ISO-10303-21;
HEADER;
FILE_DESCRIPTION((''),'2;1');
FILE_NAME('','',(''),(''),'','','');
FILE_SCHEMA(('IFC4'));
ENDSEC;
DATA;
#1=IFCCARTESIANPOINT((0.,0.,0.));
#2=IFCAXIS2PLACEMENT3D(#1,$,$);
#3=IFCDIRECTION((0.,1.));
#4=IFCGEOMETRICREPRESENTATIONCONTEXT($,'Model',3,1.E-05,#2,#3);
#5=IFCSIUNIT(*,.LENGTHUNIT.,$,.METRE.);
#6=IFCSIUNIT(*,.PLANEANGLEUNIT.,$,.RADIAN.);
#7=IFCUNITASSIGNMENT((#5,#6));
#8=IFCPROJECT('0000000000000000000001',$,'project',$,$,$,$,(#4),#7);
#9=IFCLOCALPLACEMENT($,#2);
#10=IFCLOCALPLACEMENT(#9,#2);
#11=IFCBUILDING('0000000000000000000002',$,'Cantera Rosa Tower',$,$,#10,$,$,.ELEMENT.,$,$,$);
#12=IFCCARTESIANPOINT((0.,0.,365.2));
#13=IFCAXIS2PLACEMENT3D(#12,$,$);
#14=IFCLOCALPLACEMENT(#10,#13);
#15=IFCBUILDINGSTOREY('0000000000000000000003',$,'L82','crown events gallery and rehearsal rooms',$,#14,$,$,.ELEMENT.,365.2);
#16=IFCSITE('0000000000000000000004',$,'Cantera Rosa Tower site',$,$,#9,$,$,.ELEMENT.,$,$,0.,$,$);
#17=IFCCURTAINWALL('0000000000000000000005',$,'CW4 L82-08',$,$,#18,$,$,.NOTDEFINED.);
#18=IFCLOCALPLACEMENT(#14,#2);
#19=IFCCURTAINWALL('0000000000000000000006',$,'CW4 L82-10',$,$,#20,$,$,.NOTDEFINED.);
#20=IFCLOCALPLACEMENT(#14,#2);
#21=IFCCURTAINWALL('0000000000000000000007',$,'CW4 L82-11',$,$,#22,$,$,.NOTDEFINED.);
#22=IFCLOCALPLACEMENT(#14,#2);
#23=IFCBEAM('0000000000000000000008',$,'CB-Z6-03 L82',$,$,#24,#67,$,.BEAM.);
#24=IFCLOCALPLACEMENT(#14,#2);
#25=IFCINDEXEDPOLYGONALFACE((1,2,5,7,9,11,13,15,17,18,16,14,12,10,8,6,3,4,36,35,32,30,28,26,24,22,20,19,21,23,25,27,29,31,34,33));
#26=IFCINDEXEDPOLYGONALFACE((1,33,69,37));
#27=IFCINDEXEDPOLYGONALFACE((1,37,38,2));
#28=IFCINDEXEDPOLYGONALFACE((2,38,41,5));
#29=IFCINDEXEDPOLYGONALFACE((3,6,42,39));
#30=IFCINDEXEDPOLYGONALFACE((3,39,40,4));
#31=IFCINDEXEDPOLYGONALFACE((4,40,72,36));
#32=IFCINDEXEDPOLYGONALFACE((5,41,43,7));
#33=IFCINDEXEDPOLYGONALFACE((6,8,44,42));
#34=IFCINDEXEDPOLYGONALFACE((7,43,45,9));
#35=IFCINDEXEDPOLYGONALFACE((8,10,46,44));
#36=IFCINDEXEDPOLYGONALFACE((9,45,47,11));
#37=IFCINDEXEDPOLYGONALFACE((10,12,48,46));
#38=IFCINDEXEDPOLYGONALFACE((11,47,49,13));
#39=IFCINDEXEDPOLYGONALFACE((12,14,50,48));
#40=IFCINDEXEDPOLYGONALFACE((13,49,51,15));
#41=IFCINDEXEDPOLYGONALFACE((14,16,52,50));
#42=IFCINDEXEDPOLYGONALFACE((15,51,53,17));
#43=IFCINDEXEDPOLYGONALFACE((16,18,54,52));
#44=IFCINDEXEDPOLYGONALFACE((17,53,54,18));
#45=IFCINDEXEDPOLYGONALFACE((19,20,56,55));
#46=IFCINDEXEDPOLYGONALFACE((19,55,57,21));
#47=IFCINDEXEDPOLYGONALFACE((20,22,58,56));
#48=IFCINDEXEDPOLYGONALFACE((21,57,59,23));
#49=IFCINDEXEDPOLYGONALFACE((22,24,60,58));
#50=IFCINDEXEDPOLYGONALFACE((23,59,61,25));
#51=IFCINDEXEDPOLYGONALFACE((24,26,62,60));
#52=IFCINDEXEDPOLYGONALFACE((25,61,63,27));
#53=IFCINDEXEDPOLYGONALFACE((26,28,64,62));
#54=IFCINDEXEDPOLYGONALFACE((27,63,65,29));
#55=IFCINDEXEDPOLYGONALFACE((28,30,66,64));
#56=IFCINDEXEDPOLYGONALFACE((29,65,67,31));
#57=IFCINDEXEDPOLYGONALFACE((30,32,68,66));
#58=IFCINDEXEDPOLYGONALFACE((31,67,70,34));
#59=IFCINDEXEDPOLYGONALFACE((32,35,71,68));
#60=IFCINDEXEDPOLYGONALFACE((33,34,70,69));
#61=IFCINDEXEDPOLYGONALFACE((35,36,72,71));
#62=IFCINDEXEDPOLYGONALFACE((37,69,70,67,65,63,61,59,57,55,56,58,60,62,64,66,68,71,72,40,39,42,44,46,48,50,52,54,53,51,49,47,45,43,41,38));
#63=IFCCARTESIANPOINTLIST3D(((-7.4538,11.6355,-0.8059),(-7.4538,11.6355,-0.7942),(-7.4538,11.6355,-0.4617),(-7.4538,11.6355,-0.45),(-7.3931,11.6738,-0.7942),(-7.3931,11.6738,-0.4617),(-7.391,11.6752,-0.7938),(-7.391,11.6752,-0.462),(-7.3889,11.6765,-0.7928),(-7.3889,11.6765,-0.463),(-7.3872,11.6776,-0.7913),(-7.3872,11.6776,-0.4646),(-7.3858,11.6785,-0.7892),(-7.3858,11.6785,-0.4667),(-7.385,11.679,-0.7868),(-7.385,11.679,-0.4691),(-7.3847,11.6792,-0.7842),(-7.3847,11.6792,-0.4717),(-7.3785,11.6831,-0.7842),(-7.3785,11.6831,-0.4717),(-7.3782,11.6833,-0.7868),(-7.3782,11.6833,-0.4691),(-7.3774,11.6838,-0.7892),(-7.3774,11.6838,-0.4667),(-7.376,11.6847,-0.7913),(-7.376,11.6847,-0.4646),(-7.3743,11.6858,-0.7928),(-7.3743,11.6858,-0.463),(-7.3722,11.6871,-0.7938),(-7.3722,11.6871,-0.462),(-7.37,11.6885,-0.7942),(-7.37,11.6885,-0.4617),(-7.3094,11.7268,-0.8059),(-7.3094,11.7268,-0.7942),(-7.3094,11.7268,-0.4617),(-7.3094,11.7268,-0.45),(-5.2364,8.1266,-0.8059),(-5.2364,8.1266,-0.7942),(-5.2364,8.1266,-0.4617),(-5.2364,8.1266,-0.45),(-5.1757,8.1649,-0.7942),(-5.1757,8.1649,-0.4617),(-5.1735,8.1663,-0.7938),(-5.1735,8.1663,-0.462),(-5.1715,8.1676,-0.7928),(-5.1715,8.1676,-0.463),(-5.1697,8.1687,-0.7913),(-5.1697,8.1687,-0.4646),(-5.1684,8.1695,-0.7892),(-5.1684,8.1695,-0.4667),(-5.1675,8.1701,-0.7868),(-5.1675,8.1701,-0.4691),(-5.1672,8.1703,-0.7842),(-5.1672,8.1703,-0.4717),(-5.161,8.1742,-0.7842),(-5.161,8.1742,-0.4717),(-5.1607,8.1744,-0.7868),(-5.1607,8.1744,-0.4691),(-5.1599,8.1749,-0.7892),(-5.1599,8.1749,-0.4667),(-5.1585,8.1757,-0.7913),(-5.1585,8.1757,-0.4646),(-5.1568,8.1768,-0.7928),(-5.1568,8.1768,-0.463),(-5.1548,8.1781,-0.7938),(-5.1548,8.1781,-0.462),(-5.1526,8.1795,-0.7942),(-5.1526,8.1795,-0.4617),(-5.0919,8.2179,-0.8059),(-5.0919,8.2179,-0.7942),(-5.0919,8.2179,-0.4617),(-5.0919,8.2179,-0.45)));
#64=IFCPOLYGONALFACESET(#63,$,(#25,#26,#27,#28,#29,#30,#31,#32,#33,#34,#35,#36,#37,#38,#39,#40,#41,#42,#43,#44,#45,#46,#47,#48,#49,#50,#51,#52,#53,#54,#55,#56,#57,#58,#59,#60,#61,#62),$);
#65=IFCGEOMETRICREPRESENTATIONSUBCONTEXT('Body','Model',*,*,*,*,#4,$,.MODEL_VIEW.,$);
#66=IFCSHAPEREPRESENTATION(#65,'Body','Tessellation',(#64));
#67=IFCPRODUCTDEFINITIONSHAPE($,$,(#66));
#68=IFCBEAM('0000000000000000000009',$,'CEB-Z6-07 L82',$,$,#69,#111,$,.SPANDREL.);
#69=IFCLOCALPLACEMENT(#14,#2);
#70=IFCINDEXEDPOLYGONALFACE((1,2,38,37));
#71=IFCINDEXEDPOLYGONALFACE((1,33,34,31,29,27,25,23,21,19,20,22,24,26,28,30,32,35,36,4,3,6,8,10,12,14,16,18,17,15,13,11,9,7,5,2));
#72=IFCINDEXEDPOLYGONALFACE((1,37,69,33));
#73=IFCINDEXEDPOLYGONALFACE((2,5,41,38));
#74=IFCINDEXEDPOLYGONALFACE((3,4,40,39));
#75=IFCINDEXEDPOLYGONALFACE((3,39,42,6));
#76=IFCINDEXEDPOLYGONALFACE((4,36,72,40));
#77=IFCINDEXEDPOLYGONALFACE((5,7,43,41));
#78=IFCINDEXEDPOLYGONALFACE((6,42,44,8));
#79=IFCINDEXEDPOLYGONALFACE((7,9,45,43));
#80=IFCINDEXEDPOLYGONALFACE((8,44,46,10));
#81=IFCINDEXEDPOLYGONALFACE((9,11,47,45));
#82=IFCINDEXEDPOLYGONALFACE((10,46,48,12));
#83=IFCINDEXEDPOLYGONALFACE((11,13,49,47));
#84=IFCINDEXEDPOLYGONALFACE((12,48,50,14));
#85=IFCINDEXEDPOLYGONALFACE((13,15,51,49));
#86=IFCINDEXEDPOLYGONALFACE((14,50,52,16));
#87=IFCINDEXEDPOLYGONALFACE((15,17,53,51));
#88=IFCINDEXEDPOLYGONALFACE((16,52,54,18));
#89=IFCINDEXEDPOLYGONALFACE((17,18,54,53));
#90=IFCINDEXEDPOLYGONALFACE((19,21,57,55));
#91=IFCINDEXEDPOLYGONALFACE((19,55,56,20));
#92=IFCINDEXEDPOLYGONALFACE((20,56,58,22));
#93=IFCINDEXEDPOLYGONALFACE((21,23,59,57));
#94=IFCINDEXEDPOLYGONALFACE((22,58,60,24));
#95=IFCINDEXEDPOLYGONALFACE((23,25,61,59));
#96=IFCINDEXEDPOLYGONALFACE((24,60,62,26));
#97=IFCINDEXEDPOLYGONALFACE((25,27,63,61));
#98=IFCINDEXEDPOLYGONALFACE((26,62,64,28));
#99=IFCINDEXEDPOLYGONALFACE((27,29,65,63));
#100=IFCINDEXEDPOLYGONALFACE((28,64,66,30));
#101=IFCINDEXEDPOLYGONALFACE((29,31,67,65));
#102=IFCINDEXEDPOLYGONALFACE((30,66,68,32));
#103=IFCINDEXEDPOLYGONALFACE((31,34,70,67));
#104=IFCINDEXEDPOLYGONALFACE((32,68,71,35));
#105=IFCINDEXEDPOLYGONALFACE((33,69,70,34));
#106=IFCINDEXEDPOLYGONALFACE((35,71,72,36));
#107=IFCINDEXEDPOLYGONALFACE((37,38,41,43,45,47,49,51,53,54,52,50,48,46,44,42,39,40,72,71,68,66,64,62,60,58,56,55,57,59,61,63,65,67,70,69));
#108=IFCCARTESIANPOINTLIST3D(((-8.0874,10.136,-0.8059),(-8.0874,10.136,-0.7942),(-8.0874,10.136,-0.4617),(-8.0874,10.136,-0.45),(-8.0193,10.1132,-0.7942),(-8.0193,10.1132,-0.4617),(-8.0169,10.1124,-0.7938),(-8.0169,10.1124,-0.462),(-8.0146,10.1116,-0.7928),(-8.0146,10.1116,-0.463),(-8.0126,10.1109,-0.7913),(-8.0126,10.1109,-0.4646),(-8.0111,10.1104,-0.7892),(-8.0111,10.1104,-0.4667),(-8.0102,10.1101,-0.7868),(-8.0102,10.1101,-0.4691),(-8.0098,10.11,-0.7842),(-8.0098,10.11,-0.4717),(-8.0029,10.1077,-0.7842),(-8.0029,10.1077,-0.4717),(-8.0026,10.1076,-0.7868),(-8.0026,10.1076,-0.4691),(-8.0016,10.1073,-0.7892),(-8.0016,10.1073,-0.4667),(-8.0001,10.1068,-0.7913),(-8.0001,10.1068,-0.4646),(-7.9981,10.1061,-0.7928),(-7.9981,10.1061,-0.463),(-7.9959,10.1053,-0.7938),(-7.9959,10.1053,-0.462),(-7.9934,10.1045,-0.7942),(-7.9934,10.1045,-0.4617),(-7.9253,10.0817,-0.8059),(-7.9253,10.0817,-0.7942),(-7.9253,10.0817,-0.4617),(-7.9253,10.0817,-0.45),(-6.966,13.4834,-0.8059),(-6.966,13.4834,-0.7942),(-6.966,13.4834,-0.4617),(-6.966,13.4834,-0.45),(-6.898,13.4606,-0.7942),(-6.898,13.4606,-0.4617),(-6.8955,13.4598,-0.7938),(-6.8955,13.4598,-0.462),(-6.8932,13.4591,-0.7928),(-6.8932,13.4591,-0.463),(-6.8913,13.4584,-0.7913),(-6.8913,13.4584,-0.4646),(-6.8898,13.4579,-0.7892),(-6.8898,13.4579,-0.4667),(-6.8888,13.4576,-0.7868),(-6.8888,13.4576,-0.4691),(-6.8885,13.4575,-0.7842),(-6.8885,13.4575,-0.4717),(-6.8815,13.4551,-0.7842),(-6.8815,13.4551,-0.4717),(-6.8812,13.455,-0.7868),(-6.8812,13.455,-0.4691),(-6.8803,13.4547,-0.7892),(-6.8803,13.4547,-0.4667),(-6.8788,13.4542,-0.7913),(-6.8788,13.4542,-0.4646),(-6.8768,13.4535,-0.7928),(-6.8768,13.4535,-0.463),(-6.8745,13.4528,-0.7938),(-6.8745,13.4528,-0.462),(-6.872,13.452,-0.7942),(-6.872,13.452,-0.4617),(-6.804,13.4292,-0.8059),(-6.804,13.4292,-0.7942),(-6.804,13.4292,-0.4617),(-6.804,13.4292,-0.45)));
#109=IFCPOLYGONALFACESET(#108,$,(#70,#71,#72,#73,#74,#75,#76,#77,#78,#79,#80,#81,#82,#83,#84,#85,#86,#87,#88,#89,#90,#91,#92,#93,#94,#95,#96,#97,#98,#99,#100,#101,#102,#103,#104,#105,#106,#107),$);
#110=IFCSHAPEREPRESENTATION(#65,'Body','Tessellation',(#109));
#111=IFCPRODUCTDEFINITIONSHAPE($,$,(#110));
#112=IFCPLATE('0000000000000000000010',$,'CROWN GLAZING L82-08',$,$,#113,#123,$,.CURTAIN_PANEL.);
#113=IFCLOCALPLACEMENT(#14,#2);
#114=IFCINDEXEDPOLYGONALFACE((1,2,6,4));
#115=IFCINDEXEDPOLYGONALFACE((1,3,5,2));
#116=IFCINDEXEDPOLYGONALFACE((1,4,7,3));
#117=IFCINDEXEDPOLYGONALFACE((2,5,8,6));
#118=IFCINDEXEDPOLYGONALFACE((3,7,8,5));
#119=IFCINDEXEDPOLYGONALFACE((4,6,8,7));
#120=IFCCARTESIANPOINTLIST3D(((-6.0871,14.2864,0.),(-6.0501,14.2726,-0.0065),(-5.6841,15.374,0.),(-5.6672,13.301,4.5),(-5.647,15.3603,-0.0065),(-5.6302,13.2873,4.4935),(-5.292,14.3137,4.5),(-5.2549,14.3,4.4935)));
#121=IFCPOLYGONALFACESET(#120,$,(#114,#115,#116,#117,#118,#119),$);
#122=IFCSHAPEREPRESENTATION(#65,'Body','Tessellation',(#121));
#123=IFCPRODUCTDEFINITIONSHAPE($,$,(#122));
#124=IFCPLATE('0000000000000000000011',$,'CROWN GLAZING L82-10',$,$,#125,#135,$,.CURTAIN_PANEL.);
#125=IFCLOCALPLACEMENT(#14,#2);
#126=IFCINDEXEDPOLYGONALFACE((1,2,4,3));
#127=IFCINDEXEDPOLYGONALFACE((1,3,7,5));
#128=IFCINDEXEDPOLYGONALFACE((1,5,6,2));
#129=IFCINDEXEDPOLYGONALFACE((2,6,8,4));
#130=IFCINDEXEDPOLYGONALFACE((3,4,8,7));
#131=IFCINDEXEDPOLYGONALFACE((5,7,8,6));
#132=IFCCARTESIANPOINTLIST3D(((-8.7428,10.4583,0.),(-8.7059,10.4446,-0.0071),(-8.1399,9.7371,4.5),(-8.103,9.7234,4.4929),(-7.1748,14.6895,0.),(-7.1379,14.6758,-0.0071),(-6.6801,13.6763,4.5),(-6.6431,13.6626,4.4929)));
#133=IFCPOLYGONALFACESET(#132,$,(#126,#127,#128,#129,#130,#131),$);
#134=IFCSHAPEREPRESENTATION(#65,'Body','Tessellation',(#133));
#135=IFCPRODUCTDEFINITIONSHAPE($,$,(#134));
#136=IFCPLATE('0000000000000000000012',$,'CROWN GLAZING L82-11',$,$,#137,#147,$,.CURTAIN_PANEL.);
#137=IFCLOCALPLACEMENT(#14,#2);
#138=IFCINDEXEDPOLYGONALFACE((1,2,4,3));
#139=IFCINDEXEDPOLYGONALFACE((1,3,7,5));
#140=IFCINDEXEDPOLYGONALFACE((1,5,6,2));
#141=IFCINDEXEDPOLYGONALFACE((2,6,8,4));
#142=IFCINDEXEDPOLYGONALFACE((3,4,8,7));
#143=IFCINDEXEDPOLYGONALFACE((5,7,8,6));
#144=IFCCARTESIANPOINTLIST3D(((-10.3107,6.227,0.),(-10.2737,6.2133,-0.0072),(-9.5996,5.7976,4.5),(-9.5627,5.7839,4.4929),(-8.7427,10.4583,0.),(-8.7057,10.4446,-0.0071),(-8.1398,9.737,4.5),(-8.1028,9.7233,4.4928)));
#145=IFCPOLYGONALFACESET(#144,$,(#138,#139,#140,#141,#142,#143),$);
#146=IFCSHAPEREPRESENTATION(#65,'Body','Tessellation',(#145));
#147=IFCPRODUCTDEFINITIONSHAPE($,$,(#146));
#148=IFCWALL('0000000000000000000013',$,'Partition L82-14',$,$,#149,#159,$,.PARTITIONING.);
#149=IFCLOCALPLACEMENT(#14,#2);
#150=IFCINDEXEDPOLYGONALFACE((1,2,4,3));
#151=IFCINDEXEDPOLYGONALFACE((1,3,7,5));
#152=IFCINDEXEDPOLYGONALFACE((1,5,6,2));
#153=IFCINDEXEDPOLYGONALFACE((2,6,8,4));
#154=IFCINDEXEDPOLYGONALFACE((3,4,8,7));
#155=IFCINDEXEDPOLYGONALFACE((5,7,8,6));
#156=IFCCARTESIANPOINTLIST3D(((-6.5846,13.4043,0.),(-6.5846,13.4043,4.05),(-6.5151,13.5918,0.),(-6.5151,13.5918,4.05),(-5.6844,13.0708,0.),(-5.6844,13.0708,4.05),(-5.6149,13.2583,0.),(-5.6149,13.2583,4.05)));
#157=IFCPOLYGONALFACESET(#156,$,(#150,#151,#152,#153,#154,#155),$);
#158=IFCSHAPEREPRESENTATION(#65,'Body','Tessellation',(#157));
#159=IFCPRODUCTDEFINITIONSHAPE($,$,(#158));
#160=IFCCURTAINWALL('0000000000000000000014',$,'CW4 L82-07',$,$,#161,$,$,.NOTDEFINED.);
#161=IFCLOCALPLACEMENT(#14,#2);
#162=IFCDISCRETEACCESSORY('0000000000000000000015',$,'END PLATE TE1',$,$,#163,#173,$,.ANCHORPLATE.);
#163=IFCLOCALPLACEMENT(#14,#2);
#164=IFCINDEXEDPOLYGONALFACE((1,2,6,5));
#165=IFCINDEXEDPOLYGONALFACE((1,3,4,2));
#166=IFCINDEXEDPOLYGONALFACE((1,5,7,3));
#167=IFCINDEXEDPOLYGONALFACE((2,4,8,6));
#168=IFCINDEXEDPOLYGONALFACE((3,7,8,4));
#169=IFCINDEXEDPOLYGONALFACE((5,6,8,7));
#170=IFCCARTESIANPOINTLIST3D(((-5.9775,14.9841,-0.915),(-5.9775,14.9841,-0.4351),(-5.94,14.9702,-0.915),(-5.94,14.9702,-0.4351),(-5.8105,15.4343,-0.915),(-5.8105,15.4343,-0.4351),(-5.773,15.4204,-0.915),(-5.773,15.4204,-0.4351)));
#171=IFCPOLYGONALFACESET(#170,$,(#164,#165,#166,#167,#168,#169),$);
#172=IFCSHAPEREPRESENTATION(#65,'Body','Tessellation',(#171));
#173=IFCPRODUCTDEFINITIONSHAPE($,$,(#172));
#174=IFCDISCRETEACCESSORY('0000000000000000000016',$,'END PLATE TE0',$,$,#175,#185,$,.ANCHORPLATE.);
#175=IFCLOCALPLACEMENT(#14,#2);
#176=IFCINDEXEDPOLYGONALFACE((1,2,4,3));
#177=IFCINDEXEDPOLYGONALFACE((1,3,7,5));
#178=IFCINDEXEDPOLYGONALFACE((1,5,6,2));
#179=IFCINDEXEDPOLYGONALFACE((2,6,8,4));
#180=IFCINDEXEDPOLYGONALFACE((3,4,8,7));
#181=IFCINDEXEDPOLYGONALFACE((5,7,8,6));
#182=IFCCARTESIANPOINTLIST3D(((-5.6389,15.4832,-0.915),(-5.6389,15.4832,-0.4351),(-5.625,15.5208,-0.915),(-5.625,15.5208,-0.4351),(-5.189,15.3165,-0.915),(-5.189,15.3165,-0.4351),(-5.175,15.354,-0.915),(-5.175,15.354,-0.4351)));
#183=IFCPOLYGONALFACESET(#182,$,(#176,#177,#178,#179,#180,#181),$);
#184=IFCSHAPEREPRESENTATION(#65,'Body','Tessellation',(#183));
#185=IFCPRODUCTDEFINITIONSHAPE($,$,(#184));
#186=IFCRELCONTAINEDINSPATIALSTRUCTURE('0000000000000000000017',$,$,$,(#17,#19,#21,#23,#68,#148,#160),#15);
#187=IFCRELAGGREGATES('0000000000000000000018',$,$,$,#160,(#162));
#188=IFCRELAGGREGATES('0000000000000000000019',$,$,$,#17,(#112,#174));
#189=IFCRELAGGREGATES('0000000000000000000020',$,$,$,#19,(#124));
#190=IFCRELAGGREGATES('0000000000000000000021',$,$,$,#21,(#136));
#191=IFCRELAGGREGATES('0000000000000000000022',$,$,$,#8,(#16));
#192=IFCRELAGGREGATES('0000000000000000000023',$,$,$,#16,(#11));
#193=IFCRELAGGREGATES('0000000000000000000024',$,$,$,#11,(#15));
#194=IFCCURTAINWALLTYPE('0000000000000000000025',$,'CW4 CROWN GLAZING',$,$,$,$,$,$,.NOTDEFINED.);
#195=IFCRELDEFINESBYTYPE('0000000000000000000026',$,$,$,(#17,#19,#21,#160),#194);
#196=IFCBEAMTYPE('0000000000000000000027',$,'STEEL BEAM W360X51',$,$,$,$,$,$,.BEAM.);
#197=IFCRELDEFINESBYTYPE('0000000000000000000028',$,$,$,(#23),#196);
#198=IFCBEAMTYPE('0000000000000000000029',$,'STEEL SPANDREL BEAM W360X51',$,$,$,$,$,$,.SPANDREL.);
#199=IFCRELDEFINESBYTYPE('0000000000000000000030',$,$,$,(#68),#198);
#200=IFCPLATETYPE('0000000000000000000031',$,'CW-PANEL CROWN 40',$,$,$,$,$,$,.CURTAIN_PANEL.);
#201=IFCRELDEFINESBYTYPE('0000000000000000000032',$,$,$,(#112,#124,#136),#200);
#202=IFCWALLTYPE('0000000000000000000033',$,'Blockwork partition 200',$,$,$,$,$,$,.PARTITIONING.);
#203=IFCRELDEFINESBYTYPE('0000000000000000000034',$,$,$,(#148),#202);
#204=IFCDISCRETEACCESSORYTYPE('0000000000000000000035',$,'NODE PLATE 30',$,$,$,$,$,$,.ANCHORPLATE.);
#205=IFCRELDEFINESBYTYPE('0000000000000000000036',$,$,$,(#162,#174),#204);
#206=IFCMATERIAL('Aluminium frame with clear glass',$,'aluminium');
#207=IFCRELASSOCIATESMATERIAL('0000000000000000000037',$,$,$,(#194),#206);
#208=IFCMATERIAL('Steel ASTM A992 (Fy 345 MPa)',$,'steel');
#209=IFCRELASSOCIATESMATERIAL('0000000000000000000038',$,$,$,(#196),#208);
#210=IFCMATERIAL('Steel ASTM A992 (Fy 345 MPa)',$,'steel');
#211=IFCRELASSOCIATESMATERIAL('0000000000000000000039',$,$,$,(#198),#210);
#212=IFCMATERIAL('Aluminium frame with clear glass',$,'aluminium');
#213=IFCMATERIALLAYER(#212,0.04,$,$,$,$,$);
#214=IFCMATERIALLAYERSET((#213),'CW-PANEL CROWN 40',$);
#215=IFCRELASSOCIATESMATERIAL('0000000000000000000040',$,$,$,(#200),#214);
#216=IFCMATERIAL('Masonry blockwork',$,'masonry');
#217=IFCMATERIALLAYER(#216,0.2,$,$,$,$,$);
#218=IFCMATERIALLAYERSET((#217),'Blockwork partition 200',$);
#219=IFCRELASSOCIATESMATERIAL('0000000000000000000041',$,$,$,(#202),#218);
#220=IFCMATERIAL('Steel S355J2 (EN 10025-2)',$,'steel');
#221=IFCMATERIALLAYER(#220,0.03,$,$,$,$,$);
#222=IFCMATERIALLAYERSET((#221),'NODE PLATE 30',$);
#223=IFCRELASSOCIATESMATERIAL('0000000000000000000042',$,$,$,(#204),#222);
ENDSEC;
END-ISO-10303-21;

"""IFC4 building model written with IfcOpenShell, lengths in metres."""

from ifc_helpers import new_model, si_unit, direction, frame, frame_2d, origin, origin_2d, place, context, subcontext, project, spatial, polyline, rectangle, i_section, outline, extrude, material, layer, layer_set, material_profile, profile_set, type_object, element, aggregate, save


model = new_model("IFC4")

# Units and contexts
model_context = context("Model", 3, precision=1e-05, world=origin(), true_north=direction((0.0, 1.0)))
body_context = subcontext(model_context, "Body", "Model", "MODEL_VIEW")
ifc_project = project(units=[si_unit("LENGTHUNIT", "METRE"), si_unit("PLANEANGLEUNIT", "RADIAN")], contexts=[model_context])

# Site, building, storey
site_placement = place(None, origin())
site = spatial("IfcSite", under=ifc_project, at=site_placement, Name="Cantera Rosa Tower site", CompositionType="ELEMENT", RefElevation=0.0)
building_placement = place(site_placement, origin())
building = spatial("IfcBuilding", under=site, at=building_placement, Name="Cantera Rosa Tower", CompositionType="ELEMENT")
storey_placement = place(building_placement, frame((0.0, 0.0, 365.2)))
storey = spatial("IfcBuildingStorey", under=building, at=storey_placement, Name="L82", Description="crown events gallery and rehearsal rooms", CompositionType="ELEMENT", Elevation=365.2)

# Curtain walls
ifc_material_1 = material(Name="Aluminium frame with clear glass", Category="aluminium")
curtain_wall_type = type_object("IfcCurtainWallType", Name="CW4 CROWN GLAZING", PredefinedType="NOTDEFINED", material=ifc_material_1)
curtain_wall_1_placement = place(storey_placement, origin())
curtain_wall_1 = element("IfcCurtainWall", 1, at=curtain_wall_1_placement, inside=storey, type_object=curtain_wall_type, Name="CW4 L82-08", PredefinedType="NOTDEFINED")
curtain_wall_2_placement = place(storey_placement, origin())
curtain_wall_2 = element("IfcCurtainWall", 2, at=curtain_wall_2_placement, inside=storey, type_object=curtain_wall_type, Name="CW4 L82-10", PredefinedType="NOTDEFINED")
curtain_wall_3_placement = place(storey_placement, origin())
curtain_wall_3 = element("IfcCurtainWall", 3, at=curtain_wall_3_placement, inside=storey, type_object=curtain_wall_type, Name="CW4 L82-11", PredefinedType="NOTDEFINED")

# Beams
ifc_material_2 = material(Name="Steel ASTM A992 (Fy 345 MPa)", Category="steel")
ifc_material_profile_1 = material_profile(ifc_material_2, i_section(OverallWidth=0.1709, OverallDepth=0.356, WebThickness=0.0073, FlangeThickness=0.0117, FilletRadius=0.01, at=origin_2d()), Name="W360X51")
ifc_profile_set_1 = profile_set([ifc_material_profile_1], Name="Steel ASTM A992 (Fy 345 MPa)")
beam_type_1 = type_object("IfcBeamType", Name="STEEL BEAM W360X51", PredefinedType="BEAM", material=ifc_profile_set_1)
beam_1_placement = place(storey_placement, frame((-7.3816, 11.6812, -0.6279), z_axis=(0.534216, -0.845348, 0.0), x_axis=(0.845348, 0.534216, 0.0)))
element("IfcBeam", 4, at=beam_1_placement, inside=storey, type_object=beam_type_1, Name="CB-Z6-03 L82", PredefinedType="BEAM", context=body_context, shape_type="SweptSolid", body=[
    extrude(i_section(OverallWidth=0.1709, OverallDepth=0.356, WebThickness=0.0073, FlangeThickness=0.0117, FilletRadius=0.01, at=origin_2d()), origin(), (0.0, 0.0, 1.0), 4.1509),
])
ifc_material_3 = material(Name="Steel ASTM A992 (Fy 345 MPa)", Category="steel")
ifc_material_profile_2 = material_profile(ifc_material_3, i_section(OverallWidth=0.1709, OverallDepth=0.356, WebThickness=0.0073, FlangeThickness=0.0117, FilletRadius=0.01, at=origin_2d()), Name="W360X51")
ifc_profile_set_2 = profile_set([ifc_material_profile_2], Name="Steel ASTM A992 (Fy 345 MPa)")
beam_type_2 = type_object("IfcBeamType", Name="STEEL SPANDREL BEAM W360X51", PredefinedType="SPANDREL", material=ifc_profile_set_2)
beam_2_placement = place(storey_placement, frame((-6.885, 13.4563, -0.6279), z_axis=(-0.317638, -0.948212, 0.0), x_axis=(0.948212, -0.317638, 0.0)))
element("IfcBeam", 5, at=beam_2_placement, inside=storey, type_object=beam_type_2, Name="CEB-Z6-07 L82", PredefinedType="SPANDREL", context=body_context, shape_type="SweptSolid", body=[
    extrude(i_section(OverallWidth=0.1709, OverallDepth=0.356, WebThickness=0.0073, FlangeThickness=0.0117, FilletRadius=0.01, at=origin_2d()), origin(), (0.0, 0.0, 1.0), 3.5303),
])

# Plates
ifc_material_4 = material(Name="Aluminium frame with clear glass", Category="aluminium")
ifc_layer_1 = layer(ifc_material_4, 0.04)
ifc_layer_set_1 = layer_set([ifc_layer_1], Name="CW-PANEL CROWN 40")
plate_type = type_object("IfcPlateType", Name="CW-PANEL CROWN 40", PredefinedType="CURTAIN_PANEL", material=ifc_layer_set_1)
plate_1_placement = place(storey_placement, frame((-5.6841, 15.374, 0.0), z_axis=(-0.925389, 0.34292, 0.161436), x_axis=(-0.347478, -0.937688, -0.000004)))
plate_1 = element("IfcPlate", 6, at=plate_1_placement, type_object=plate_type, Name="CROWN GLAZING L82-08", PredefinedType="CURTAIN_PANEL", context=body_context, shape_type="SweptSolid", body=[
    extrude(outline(polyline([(0.0, 0.0), (1.1599, 0.0), (1.938, 4.5598), (0.858, 4.5598), (0.0, 0.0)])), origin(), (0.0, 0.0, -1.0), 0.04),
])
plate_2_placement = place(storey_placement, frame((-7.1748, 14.6895, 0.0), z_axis=(-0.922638, 0.341916, 0.178417), x_axis=(-0.34749, -0.937684, 0.000005)))
plate_2 = element("IfcPlate", 7, at=plate_2_placement, type_object=plate_type, Name="CROWN GLAZING L82-10", PredefinedType="CURTAIN_PANEL", context=body_context, shape_type="SweptSolid", body=[
    extrude(outline(polyline([(0.0, 0.0), (4.5123, 0.0), (4.9792, 4.5734), (0.7781, 4.5734), (0.0, 0.0)])), origin(), (0.0, 0.0, -1.0), 0.04),
])
plate_3_placement = place(storey_placement, frame((-8.7427, 10.4583, 0.0), z_axis=(-0.922642, 0.341907, 0.178414), x_axis=(-0.347483, -0.937686, -0.000005)))
plate_3 = element("IfcPlate", 8, at=plate_3_placement, type_object=plate_type, Name="CROWN GLAZING L82-11", PredefinedType="CURTAIN_PANEL", context=body_context, shape_type="SweptSolid", body=[
    extrude(outline(polyline([(0.0, 0.0), (4.5124, 0.0), (4.668, 4.5734), (0.4668, 4.5734), (0.0, 0.0)])), origin(), (0.0, 0.0, -1.0), 0.04),
])

# Wall
ifc_material_5 = material(Name="Masonry blockwork", Category="masonry")
ifc_layer_2 = layer(ifc_material_5, 0.2)
ifc_layer_set_2 = layer_set([ifc_layer_2], Name="Blockwork partition 200")
wall_type = type_object("IfcWallType", Name="Blockwork partition 200", PredefinedType="PARTITIONING", material=ifc_layer_set_2)
wall_placement = place(storey_placement, frame((-5.6497, 13.1646, 0.0), z_axis=(0.0, 0.0, 1.0), x_axis=(-0.937712, 0.347414, 0.0)))
element("IfcWall", 9, at=wall_placement, inside=storey, type_object=wall_type, Name="Partition L82-14", PredefinedType="PARTITIONING", context=body_context, shape_type="SweptSolid", body=[
    extrude(rectangle(XDim=0.96, YDim=0.2, at=frame_2d((0.48, 0.0))), origin(), (0.0, 0.0, 1.0), 4.05),
])

# Curtain wall, discrete accessory
curtain_wall_4_placement = place(storey_placement, origin())
curtain_wall_4 = element("IfcCurtainWall", 10, at=curtain_wall_4_placement, inside=storey, type_object=curtain_wall_type, Name="CW4 L82-07", PredefinedType="NOTDEFINED")
ifc_material_6 = material(Name="Steel S355J2 (EN 10025-2)", Category="steel")
ifc_layer_3 = layer(ifc_material_6, 0.03)
ifc_layer_set_3 = layer_set([ifc_layer_3], Name="NODE PLATE 30")
discrete_accessory_type = type_object("IfcDiscreteAccessoryType", Name="NODE PLATE 30", PredefinedType="ANCHORPLATE", material=ifc_layer_set_3)
discrete_accessory_1_placement = place(storey_placement, frame((-5.9775, 14.9841, -0.4351), z_axis=(-0.937577, 0.347778, 0.0), x_axis=(0.347778, 0.937577, 0.0)))
discrete_accessory_1 = element("IfcDiscreteAccessory", 11, at=discrete_accessory_1_placement, type_object=discrete_accessory_type, Name="END PLATE TE1", PredefinedType="ANCHORPLATE", context=body_context, shape_type="SweptSolid", body=[
    extrude(outline(polyline([(0.0, 0.0), (0.4802, 0.0), (0.4802, 0.48), (0.0, 0.48), (0.0, 0.0)])), origin(), (0.0, 0.0, -1.0), 0.04),
])
aggregate(curtain_wall_4, [discrete_accessory_1])

# Discrete accessory
discrete_accessory_2_placement = place(storey_placement, frame((-5.625, 15.5208, -0.4351), z_axis=(0.347497, 0.937681, 0.0), x_axis=(0.937681, -0.347497, 0.0)))
discrete_accessory_2 = element("IfcDiscreteAccessory", 12, at=discrete_accessory_2_placement, type_object=discrete_accessory_type, Name="END PLATE TE0", PredefinedType="ANCHORPLATE", context=body_context, shape_type="SweptSolid", body=[
    extrude(outline(polyline([(0.0, 0.0), (0.4799, 0.0), (0.4799, 0.48), (0.0, 0.48), (0.0, 0.0)])), origin(), (0.0, 0.0, -1.0), 0.04),
])
aggregate(curtain_wall_1, [plate_1, discrete_accessory_2])
aggregate(curtain_wall_2, [plate_2])
aggregate(curtain_wall_3, [plate_3])

save(model, "model.ifc")
